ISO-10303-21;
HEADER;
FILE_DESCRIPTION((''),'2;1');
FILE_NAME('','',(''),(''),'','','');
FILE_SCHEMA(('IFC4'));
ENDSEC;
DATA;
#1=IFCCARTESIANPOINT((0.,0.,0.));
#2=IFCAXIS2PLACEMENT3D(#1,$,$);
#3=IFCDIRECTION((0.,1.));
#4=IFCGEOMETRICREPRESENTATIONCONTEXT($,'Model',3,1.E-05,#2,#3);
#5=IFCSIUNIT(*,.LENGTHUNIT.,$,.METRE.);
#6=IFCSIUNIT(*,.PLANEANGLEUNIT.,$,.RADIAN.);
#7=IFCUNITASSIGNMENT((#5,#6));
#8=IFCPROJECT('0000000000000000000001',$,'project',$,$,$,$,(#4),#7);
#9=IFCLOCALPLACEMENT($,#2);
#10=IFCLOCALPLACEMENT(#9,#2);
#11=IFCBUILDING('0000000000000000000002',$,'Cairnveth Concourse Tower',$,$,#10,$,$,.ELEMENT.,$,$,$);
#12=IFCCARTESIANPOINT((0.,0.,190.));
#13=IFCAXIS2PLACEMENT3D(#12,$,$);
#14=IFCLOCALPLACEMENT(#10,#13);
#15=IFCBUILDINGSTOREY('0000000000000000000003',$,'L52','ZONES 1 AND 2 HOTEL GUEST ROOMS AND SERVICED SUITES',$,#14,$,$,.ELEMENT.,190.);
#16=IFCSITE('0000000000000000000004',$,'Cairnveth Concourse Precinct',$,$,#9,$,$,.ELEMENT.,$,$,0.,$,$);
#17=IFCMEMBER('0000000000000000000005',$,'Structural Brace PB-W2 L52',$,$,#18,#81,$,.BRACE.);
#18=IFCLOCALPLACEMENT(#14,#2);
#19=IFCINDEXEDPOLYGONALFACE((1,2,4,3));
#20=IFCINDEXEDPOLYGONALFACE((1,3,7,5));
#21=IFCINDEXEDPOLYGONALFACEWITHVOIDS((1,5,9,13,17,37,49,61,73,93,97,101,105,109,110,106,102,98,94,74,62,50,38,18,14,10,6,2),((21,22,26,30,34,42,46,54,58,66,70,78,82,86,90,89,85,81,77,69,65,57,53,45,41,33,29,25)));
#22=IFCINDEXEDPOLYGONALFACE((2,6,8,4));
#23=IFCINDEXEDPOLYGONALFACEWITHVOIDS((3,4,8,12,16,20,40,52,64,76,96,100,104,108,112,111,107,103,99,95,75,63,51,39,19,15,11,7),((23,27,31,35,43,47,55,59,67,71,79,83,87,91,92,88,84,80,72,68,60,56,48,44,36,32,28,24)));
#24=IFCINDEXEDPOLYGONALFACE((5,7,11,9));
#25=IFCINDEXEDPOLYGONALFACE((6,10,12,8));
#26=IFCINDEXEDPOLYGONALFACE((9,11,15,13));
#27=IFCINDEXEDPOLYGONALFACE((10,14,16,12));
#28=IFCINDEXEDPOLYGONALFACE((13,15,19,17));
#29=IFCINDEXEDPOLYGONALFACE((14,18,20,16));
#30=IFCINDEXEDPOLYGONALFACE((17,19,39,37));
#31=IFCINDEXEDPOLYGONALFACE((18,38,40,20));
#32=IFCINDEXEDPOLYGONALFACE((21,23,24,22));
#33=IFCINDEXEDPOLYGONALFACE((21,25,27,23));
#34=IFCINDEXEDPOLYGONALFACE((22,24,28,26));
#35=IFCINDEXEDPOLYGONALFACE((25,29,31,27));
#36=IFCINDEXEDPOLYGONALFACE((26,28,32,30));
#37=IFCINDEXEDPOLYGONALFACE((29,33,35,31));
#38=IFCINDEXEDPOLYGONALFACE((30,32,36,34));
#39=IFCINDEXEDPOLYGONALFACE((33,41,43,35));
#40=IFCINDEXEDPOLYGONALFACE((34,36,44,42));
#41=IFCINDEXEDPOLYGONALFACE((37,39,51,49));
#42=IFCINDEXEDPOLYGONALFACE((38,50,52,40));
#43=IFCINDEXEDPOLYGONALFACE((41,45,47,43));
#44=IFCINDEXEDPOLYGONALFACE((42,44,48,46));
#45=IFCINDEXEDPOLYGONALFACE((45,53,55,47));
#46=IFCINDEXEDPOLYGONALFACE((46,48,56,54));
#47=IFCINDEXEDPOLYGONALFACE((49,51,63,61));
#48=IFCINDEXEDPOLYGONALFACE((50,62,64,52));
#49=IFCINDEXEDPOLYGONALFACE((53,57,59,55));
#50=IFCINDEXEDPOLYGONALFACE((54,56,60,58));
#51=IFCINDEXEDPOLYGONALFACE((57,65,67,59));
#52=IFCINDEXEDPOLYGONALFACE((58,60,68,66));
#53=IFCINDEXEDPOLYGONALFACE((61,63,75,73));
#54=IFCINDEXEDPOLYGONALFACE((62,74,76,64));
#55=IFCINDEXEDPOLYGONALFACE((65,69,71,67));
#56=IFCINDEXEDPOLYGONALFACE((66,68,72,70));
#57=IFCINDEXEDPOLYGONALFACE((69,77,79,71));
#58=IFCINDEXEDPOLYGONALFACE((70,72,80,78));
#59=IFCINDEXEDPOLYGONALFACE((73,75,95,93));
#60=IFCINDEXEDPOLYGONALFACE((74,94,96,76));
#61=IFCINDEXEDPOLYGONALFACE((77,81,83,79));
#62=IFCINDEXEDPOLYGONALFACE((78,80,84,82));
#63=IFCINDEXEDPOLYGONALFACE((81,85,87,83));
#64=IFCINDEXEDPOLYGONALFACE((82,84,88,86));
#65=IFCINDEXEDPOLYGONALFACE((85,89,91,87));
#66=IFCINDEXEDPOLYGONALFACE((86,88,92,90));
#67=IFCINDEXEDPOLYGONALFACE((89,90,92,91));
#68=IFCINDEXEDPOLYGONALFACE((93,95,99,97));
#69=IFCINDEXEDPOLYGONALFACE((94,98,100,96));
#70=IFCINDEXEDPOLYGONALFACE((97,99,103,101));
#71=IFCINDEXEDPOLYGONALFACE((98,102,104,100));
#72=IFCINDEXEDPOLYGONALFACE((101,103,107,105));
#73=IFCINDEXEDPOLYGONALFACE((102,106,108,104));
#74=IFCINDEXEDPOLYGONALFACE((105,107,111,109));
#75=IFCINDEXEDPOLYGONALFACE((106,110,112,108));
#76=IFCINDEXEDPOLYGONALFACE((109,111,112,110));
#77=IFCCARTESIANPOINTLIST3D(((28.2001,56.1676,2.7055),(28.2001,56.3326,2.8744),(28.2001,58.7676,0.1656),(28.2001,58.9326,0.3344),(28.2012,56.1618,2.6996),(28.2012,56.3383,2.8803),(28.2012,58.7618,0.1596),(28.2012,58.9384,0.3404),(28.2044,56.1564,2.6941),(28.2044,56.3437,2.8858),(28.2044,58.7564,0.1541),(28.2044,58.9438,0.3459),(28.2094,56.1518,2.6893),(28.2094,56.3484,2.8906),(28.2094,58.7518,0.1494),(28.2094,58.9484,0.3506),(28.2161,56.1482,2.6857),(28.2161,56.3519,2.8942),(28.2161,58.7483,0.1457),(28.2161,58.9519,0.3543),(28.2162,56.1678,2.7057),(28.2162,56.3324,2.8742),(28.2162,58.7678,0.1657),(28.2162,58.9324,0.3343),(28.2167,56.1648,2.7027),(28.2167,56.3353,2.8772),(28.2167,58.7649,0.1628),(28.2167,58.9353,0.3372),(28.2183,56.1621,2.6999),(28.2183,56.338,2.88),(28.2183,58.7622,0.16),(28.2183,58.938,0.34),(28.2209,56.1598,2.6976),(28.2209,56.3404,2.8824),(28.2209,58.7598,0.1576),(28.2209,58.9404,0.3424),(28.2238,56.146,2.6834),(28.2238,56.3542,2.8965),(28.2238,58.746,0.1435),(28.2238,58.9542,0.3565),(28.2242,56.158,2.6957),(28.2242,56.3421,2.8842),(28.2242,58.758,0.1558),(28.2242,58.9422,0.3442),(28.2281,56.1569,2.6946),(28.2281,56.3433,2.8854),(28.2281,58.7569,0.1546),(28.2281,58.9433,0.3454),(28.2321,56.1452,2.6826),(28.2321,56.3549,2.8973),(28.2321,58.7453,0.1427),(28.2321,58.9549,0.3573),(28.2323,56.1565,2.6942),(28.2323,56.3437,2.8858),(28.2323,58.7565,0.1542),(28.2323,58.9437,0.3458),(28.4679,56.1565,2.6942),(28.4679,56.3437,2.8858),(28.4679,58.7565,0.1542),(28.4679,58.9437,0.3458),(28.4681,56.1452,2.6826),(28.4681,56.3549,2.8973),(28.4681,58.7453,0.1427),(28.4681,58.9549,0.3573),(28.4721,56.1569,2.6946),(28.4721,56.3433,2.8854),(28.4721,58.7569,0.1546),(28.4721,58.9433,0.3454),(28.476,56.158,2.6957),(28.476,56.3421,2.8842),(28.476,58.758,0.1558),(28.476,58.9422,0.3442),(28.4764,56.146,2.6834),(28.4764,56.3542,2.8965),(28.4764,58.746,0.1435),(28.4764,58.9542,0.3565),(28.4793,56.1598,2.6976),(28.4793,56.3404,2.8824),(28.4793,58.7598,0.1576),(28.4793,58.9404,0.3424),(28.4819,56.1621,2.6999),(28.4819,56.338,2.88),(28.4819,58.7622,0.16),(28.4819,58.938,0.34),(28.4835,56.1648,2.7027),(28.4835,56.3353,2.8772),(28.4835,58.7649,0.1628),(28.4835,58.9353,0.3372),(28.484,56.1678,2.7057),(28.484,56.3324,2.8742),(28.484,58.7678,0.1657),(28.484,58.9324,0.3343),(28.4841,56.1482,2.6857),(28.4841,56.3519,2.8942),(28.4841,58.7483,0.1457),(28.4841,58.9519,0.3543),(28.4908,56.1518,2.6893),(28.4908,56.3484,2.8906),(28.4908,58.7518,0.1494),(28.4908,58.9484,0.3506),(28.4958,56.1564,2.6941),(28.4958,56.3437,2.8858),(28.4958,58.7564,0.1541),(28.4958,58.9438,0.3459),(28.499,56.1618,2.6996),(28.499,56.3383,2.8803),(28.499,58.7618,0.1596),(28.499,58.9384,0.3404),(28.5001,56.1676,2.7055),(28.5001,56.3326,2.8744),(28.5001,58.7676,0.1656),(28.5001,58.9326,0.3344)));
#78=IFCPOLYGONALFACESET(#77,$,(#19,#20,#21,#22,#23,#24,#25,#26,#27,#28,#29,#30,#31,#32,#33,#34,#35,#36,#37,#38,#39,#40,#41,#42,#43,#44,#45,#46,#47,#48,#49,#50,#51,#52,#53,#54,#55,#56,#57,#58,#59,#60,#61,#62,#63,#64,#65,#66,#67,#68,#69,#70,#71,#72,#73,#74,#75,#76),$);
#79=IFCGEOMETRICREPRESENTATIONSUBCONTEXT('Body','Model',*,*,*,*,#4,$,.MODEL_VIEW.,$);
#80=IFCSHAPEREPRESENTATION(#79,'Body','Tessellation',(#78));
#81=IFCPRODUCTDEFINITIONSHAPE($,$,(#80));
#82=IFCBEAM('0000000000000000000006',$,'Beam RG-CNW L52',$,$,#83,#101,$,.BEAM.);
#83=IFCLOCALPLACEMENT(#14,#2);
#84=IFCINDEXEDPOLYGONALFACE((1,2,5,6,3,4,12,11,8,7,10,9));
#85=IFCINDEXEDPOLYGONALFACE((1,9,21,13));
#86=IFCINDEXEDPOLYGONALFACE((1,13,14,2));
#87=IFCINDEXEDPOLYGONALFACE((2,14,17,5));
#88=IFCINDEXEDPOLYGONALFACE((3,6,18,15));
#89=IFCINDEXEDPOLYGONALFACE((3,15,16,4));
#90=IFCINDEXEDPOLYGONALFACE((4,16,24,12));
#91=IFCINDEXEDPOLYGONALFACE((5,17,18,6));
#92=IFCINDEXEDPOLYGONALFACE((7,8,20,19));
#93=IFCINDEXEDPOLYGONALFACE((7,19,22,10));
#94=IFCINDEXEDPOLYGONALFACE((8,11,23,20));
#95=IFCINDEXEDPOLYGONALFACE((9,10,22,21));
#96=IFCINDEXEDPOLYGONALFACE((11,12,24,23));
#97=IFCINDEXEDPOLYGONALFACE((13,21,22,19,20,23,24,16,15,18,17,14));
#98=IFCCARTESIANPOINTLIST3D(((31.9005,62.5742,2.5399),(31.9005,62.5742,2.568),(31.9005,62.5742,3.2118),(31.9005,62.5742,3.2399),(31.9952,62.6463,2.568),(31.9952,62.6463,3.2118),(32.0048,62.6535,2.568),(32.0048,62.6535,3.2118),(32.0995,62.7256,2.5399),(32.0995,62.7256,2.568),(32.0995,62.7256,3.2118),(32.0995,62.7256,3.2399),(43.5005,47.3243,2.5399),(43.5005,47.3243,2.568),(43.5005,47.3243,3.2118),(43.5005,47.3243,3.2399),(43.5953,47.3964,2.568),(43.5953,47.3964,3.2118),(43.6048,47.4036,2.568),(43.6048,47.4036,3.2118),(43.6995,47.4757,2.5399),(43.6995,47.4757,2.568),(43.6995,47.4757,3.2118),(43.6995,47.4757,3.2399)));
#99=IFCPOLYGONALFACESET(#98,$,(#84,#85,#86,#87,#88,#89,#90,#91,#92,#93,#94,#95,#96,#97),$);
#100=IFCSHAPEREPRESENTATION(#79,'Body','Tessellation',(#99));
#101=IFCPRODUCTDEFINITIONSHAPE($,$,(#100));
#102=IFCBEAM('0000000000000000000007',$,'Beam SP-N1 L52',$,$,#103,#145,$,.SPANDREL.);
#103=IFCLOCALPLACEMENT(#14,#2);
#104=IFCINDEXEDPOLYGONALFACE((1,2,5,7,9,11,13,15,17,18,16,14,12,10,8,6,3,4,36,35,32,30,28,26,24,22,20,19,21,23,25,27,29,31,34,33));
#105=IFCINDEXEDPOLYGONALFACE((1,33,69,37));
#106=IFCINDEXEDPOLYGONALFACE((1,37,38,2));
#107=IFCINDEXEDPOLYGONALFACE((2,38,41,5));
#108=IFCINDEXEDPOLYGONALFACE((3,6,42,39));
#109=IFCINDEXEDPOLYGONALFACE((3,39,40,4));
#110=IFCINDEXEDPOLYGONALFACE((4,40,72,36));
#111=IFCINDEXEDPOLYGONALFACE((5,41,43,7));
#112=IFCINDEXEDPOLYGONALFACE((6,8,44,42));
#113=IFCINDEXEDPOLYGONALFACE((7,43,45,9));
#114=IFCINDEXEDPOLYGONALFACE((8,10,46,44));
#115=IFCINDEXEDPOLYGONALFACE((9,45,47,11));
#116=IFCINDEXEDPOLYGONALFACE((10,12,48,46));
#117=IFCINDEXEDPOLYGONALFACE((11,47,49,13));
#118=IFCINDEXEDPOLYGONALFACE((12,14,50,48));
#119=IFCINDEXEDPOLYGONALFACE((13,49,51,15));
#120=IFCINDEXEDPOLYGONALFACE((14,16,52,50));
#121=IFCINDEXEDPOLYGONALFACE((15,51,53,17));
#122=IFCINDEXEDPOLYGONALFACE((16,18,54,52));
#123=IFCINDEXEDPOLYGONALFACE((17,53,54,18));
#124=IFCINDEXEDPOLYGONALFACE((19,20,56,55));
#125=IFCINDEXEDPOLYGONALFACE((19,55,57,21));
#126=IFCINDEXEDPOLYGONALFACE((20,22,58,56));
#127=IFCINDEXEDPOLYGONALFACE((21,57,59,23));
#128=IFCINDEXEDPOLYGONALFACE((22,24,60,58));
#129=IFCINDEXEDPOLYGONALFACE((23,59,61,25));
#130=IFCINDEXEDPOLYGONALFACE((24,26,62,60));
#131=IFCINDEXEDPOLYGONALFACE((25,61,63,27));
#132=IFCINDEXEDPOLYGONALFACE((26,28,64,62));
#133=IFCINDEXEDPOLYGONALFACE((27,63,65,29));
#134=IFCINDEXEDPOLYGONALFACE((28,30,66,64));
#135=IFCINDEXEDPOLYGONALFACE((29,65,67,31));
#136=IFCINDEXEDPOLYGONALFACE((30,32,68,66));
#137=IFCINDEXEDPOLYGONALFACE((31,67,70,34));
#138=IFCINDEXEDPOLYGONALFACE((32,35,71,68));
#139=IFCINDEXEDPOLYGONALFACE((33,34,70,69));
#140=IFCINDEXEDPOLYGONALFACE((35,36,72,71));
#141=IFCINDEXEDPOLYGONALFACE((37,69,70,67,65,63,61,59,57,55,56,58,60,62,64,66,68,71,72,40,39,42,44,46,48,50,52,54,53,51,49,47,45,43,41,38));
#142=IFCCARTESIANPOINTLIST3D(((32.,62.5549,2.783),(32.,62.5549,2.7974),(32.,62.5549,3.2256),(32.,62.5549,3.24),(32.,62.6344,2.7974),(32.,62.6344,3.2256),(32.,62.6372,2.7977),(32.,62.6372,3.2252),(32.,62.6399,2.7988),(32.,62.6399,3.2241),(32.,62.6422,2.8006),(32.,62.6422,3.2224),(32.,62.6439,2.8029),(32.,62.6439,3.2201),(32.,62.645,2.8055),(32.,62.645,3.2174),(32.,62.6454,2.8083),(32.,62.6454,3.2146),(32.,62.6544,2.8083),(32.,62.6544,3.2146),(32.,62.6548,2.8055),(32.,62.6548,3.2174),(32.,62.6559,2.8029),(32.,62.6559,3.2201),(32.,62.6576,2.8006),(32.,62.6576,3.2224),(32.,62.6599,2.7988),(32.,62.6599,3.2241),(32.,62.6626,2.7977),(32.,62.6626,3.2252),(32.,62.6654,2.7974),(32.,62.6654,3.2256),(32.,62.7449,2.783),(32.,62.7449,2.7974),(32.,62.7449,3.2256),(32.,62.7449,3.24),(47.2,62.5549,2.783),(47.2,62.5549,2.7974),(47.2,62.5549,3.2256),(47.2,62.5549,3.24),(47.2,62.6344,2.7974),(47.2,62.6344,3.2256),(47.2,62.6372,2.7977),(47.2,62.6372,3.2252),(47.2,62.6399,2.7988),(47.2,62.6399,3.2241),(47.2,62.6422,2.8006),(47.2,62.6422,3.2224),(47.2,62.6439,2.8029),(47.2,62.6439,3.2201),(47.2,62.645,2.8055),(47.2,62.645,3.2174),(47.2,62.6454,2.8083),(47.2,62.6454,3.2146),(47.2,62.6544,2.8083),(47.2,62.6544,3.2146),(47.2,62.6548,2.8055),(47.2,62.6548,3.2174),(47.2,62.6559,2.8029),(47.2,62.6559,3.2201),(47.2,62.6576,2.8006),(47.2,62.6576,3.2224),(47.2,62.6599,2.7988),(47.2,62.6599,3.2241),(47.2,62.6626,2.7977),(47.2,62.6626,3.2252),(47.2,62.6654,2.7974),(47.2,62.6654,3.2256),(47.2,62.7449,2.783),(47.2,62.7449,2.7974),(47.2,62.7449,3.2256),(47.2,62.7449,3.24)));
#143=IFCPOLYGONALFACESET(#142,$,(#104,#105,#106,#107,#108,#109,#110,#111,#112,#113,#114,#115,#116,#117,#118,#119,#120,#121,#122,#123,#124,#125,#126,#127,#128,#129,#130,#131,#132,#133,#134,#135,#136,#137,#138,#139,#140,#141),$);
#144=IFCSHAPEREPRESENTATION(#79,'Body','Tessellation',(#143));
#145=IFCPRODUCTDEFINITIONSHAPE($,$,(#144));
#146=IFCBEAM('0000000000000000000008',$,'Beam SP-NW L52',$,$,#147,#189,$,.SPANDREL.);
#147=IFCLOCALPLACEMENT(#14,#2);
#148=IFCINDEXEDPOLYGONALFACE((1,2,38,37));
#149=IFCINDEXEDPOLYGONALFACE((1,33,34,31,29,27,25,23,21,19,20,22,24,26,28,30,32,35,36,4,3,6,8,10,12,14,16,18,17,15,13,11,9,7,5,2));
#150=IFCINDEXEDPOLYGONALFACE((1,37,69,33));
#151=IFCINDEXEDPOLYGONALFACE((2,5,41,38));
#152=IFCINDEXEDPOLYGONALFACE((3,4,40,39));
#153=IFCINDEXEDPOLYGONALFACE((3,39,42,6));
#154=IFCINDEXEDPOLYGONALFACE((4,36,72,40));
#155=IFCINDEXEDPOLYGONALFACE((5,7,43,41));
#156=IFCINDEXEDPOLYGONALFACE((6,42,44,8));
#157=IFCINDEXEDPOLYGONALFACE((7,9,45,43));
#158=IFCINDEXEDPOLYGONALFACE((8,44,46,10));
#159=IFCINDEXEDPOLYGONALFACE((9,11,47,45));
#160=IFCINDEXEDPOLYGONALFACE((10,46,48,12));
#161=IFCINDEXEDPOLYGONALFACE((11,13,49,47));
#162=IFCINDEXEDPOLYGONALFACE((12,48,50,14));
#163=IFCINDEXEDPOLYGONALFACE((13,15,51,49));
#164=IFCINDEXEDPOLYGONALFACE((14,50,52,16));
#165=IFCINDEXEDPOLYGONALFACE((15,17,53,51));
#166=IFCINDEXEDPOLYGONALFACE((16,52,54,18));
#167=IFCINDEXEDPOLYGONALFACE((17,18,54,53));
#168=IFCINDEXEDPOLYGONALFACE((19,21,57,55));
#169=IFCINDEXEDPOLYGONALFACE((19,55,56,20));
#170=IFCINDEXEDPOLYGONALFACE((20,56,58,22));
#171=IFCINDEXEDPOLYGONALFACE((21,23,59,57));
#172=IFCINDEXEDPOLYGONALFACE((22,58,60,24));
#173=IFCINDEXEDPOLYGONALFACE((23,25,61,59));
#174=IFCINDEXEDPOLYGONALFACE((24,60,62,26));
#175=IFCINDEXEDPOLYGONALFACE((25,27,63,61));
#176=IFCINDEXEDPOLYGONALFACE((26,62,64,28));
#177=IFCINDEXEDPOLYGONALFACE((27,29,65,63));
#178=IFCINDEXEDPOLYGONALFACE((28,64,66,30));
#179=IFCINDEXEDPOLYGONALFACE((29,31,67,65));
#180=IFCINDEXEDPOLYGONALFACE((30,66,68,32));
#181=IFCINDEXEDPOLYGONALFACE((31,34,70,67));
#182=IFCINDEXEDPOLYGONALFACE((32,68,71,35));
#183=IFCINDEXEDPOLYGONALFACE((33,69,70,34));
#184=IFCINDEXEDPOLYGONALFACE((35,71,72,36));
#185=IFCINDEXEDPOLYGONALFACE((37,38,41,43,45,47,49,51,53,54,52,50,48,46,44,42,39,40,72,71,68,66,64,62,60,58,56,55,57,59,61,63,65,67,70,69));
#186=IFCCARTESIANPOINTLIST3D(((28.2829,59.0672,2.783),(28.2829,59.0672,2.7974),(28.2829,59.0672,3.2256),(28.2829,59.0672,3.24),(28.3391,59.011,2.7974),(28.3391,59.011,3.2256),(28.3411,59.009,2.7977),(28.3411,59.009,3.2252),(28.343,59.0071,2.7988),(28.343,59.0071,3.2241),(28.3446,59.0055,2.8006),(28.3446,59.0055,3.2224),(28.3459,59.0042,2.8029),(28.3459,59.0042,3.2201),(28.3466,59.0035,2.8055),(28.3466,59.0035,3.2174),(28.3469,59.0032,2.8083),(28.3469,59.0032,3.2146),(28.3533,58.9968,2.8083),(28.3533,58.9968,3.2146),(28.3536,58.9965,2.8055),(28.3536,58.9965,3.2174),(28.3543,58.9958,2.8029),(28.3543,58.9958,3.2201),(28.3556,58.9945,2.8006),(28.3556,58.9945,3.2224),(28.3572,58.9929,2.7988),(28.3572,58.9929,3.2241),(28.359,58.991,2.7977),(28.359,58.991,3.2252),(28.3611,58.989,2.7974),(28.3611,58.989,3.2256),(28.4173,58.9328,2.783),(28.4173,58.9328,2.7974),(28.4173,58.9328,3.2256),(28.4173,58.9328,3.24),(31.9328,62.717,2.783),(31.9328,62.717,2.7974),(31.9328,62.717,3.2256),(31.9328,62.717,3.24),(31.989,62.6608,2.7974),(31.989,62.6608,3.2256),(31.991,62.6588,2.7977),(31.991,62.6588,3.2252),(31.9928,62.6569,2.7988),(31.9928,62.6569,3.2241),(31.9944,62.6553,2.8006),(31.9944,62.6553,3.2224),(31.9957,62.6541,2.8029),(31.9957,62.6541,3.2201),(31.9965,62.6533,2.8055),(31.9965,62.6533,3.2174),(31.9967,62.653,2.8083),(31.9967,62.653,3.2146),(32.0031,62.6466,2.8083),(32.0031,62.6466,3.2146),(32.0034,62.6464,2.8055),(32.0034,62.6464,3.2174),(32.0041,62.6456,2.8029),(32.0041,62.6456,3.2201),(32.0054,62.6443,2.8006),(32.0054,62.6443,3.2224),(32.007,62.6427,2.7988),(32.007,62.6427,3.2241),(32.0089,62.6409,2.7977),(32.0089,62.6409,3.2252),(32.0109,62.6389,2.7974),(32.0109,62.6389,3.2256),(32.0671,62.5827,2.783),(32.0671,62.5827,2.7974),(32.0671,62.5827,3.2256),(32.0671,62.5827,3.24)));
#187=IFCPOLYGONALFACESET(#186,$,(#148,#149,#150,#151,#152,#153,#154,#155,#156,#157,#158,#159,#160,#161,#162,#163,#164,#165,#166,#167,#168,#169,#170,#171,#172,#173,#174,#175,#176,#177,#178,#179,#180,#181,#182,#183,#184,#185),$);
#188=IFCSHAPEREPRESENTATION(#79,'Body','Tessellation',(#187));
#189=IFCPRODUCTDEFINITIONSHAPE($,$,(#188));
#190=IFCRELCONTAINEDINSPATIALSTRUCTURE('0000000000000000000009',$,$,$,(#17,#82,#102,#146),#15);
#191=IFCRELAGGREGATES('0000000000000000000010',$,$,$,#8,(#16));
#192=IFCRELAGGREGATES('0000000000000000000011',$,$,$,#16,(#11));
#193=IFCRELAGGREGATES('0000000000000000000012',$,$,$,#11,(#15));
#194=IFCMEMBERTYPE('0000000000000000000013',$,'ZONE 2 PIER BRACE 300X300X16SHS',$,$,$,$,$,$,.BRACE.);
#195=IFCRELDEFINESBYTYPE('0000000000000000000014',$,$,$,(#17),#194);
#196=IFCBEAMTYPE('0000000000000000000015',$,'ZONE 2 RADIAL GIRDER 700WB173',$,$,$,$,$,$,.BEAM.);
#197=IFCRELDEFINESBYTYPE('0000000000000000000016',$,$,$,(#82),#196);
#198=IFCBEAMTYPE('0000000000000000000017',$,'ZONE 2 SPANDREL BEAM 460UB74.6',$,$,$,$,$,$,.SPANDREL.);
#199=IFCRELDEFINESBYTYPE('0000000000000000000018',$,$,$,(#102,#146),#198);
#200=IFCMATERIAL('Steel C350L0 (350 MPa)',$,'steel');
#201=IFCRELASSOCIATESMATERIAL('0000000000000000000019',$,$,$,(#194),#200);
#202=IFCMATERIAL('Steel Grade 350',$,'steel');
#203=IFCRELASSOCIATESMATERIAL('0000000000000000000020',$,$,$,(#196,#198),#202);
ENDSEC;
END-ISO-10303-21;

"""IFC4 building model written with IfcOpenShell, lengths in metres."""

from ifc_helpers import new_model, si_unit, direction, frame, origin, origin_2d, place, context, subcontext, project, spatial, hollow_rectangle, i_section, extrude, material, material_profile, profile_set, type_object, element, save


model = new_model("IFC4")

# Units and contexts
model_context = context("Model", 3, precision=1e-05, world=origin(), true_north=direction((0.0, 1.0)))
body_context = subcontext(model_context, "Body", "Model", "MODEL_VIEW")
ifc_project = project(units=[si_unit("LENGTHUNIT", "METRE"), si_unit("PLANEANGLEUNIT", "RADIAN")], contexts=[model_context])

# Site, building, storey
site_placement = place(None, origin())
site = spatial("IfcSite", under=ifc_project, at=site_placement, Name="Cairnveth Concourse Precinct", CompositionType="ELEMENT", RefElevation=0.0)
building_placement = place(site_placement, origin())
building = spatial("IfcBuilding", under=site, at=building_placement, Name="Cairnveth Concourse Tower", CompositionType="ELEMENT")
storey_placement = place(building_placement, frame((0.0, 0.0, 190.0)))
storey = spatial("IfcBuildingStorey", under=building, at=storey_placement, Name="L52", Description="ZONES 1 AND 2 HOTEL GUEST ROOMS AND SERVICED SUITES", CompositionType="ELEMENT", Elevation=190.0)

# Shared definitions
ifc_material_1 = material(Name="Steel Grade 350", Category="steel")

# Member
ifc_material_2 = material(Name="Steel C350L0 (350 MPa)", Category="steel")
ifc_material_profile_1 = material_profile(ifc_material_2, hollow_rectangle(XDim=0.3, YDim=0.3, WallThickness=0.0161, InnerFilletRadius=0.0161, OuterFilletRadius=0.032, at=origin_2d()), Name="300x300x16.0SHS")
ifc_profile_set_1 = profile_set([ifc_material_profile_1], Name="Steel C350L0 (350 MPa)")
member_type = type_object("IfcMemberType", Name="ZONE 2 PIER BRACE 300X300X16SHS", PredefinedType="BRACE", material=ifc_profile_set_1)
for number, where, z_axis, x_axis, name in (
    (1, (28.3501, 58.8501, 0.25), (0.0, -0.71532, 0.698797), (1.0, 0.0, 0.0), "Structural Brace PB-W2 L52"),
):
    element("IfcMember", number, at=place(storey_placement, frame(where, z_axis=z_axis, x_axis=x_axis)), inside=storey, type_object=member_type, Name=name, PredefinedType="BRACE", context=body_context, shape_type="SweptSolid", body=[
        extrude(hollow_rectangle(XDim=0.3, YDim=0.3, WallThickness=0.0161, InnerFilletRadius=0.0161, OuterFilletRadius=0.032, at=origin_2d()), origin(), (0.0, 0.0, 1.0), 3.6348),
    ])

# Beams
ifc_material_profile_2 = material_profile(ifc_material_1, i_section(OverallWidth=0.25, OverallDepth=0.7, WebThickness=0.012, FlangeThickness=0.0281, at=origin_2d()), Name="700WB173")
ifc_profile_set_2 = profile_set([ifc_material_profile_2], Name="Steel Grade 350")
beam_type_1 = type_object("IfcBeamType", Name="ZONE 2 RADIAL GIRDER 700WB173", PredefinedType="BEAM", material=ifc_profile_set_2)
beam_1_placement = place(storey_placement, frame((32.0, 62.6499, 2.8899), z_axis=(0.605417, -0.795908, 0.0), x_axis=(0.795908, 0.605417, 0.0)))
element("IfcBeam", 2, at=beam_1_placement, inside=storey, type_object=beam_type_1, Name="Beam RG-CNW L52", PredefinedType="BEAM", context=body_context, shape_type="SweptSolid", body=[
    extrude(i_section(OverallWidth=0.25, OverallDepth=0.7, WebThickness=0.012, FlangeThickness=0.0281, at=origin_2d()), origin(), (0.0, 0.0, 1.0), 19.1604),
])
ifc_material_profile_3 = material_profile(ifc_material_1, i_section(OverallWidth=0.1899, OverallDepth=0.457, WebThickness=0.009, FlangeThickness=0.0144, FilletRadius=0.011, at=origin_2d()), Name="460UB74.6")
ifc_profile_set_3 = profile_set([ifc_material_profile_3], Name="Steel Grade 350")
beam_type_2 = type_object("IfcBeamType", Name="ZONE 2 SPANDREL BEAM 460UB74.6", PredefinedType="SPANDREL", material=ifc_profile_set_3)
beam_2_placement = place(storey_placement, frame((32.0, 62.6499, 3.0115), z_axis=(1.0, 0.0, 0.0), x_axis=(0.0, 1.0, 0.0)))
element("IfcBeam", 3, at=beam_2_placement, inside=storey, type_object=beam_type_2, Name="Beam SP-N1 L52", PredefinedType="SPANDREL", context=body_context, shape_type="SweptSolid", body=[
    extrude(i_section(OverallWidth=0.1899, OverallDepth=0.457, WebThickness=0.009, FlangeThickness=0.0144, FilletRadius=0.011, at=origin_2d()), origin(), (0.0, 0.0, 1.0), 15.2),
])
beam_3_placement = place(storey_placement, frame((28.3501, 59.0, 3.0115), z_axis=(0.707107, 0.707107, 0.0), x_axis=(-0.707107, 0.707107, 0.0)))
element("IfcBeam", 4, at=beam_3_placement, inside=storey, type_object=beam_type_2, Name="Beam SP-NW L52", PredefinedType="SPANDREL", context=body_context, shape_type="SweptSolid", body=[
    extrude(i_section(OverallWidth=0.1899, OverallDepth=0.457, WebThickness=0.009, FlangeThickness=0.0144, FilletRadius=0.011, at=origin_2d()), origin(), (0.0, 0.0, 1.0), 5.1616),
])

save(model, "model.ifc")
